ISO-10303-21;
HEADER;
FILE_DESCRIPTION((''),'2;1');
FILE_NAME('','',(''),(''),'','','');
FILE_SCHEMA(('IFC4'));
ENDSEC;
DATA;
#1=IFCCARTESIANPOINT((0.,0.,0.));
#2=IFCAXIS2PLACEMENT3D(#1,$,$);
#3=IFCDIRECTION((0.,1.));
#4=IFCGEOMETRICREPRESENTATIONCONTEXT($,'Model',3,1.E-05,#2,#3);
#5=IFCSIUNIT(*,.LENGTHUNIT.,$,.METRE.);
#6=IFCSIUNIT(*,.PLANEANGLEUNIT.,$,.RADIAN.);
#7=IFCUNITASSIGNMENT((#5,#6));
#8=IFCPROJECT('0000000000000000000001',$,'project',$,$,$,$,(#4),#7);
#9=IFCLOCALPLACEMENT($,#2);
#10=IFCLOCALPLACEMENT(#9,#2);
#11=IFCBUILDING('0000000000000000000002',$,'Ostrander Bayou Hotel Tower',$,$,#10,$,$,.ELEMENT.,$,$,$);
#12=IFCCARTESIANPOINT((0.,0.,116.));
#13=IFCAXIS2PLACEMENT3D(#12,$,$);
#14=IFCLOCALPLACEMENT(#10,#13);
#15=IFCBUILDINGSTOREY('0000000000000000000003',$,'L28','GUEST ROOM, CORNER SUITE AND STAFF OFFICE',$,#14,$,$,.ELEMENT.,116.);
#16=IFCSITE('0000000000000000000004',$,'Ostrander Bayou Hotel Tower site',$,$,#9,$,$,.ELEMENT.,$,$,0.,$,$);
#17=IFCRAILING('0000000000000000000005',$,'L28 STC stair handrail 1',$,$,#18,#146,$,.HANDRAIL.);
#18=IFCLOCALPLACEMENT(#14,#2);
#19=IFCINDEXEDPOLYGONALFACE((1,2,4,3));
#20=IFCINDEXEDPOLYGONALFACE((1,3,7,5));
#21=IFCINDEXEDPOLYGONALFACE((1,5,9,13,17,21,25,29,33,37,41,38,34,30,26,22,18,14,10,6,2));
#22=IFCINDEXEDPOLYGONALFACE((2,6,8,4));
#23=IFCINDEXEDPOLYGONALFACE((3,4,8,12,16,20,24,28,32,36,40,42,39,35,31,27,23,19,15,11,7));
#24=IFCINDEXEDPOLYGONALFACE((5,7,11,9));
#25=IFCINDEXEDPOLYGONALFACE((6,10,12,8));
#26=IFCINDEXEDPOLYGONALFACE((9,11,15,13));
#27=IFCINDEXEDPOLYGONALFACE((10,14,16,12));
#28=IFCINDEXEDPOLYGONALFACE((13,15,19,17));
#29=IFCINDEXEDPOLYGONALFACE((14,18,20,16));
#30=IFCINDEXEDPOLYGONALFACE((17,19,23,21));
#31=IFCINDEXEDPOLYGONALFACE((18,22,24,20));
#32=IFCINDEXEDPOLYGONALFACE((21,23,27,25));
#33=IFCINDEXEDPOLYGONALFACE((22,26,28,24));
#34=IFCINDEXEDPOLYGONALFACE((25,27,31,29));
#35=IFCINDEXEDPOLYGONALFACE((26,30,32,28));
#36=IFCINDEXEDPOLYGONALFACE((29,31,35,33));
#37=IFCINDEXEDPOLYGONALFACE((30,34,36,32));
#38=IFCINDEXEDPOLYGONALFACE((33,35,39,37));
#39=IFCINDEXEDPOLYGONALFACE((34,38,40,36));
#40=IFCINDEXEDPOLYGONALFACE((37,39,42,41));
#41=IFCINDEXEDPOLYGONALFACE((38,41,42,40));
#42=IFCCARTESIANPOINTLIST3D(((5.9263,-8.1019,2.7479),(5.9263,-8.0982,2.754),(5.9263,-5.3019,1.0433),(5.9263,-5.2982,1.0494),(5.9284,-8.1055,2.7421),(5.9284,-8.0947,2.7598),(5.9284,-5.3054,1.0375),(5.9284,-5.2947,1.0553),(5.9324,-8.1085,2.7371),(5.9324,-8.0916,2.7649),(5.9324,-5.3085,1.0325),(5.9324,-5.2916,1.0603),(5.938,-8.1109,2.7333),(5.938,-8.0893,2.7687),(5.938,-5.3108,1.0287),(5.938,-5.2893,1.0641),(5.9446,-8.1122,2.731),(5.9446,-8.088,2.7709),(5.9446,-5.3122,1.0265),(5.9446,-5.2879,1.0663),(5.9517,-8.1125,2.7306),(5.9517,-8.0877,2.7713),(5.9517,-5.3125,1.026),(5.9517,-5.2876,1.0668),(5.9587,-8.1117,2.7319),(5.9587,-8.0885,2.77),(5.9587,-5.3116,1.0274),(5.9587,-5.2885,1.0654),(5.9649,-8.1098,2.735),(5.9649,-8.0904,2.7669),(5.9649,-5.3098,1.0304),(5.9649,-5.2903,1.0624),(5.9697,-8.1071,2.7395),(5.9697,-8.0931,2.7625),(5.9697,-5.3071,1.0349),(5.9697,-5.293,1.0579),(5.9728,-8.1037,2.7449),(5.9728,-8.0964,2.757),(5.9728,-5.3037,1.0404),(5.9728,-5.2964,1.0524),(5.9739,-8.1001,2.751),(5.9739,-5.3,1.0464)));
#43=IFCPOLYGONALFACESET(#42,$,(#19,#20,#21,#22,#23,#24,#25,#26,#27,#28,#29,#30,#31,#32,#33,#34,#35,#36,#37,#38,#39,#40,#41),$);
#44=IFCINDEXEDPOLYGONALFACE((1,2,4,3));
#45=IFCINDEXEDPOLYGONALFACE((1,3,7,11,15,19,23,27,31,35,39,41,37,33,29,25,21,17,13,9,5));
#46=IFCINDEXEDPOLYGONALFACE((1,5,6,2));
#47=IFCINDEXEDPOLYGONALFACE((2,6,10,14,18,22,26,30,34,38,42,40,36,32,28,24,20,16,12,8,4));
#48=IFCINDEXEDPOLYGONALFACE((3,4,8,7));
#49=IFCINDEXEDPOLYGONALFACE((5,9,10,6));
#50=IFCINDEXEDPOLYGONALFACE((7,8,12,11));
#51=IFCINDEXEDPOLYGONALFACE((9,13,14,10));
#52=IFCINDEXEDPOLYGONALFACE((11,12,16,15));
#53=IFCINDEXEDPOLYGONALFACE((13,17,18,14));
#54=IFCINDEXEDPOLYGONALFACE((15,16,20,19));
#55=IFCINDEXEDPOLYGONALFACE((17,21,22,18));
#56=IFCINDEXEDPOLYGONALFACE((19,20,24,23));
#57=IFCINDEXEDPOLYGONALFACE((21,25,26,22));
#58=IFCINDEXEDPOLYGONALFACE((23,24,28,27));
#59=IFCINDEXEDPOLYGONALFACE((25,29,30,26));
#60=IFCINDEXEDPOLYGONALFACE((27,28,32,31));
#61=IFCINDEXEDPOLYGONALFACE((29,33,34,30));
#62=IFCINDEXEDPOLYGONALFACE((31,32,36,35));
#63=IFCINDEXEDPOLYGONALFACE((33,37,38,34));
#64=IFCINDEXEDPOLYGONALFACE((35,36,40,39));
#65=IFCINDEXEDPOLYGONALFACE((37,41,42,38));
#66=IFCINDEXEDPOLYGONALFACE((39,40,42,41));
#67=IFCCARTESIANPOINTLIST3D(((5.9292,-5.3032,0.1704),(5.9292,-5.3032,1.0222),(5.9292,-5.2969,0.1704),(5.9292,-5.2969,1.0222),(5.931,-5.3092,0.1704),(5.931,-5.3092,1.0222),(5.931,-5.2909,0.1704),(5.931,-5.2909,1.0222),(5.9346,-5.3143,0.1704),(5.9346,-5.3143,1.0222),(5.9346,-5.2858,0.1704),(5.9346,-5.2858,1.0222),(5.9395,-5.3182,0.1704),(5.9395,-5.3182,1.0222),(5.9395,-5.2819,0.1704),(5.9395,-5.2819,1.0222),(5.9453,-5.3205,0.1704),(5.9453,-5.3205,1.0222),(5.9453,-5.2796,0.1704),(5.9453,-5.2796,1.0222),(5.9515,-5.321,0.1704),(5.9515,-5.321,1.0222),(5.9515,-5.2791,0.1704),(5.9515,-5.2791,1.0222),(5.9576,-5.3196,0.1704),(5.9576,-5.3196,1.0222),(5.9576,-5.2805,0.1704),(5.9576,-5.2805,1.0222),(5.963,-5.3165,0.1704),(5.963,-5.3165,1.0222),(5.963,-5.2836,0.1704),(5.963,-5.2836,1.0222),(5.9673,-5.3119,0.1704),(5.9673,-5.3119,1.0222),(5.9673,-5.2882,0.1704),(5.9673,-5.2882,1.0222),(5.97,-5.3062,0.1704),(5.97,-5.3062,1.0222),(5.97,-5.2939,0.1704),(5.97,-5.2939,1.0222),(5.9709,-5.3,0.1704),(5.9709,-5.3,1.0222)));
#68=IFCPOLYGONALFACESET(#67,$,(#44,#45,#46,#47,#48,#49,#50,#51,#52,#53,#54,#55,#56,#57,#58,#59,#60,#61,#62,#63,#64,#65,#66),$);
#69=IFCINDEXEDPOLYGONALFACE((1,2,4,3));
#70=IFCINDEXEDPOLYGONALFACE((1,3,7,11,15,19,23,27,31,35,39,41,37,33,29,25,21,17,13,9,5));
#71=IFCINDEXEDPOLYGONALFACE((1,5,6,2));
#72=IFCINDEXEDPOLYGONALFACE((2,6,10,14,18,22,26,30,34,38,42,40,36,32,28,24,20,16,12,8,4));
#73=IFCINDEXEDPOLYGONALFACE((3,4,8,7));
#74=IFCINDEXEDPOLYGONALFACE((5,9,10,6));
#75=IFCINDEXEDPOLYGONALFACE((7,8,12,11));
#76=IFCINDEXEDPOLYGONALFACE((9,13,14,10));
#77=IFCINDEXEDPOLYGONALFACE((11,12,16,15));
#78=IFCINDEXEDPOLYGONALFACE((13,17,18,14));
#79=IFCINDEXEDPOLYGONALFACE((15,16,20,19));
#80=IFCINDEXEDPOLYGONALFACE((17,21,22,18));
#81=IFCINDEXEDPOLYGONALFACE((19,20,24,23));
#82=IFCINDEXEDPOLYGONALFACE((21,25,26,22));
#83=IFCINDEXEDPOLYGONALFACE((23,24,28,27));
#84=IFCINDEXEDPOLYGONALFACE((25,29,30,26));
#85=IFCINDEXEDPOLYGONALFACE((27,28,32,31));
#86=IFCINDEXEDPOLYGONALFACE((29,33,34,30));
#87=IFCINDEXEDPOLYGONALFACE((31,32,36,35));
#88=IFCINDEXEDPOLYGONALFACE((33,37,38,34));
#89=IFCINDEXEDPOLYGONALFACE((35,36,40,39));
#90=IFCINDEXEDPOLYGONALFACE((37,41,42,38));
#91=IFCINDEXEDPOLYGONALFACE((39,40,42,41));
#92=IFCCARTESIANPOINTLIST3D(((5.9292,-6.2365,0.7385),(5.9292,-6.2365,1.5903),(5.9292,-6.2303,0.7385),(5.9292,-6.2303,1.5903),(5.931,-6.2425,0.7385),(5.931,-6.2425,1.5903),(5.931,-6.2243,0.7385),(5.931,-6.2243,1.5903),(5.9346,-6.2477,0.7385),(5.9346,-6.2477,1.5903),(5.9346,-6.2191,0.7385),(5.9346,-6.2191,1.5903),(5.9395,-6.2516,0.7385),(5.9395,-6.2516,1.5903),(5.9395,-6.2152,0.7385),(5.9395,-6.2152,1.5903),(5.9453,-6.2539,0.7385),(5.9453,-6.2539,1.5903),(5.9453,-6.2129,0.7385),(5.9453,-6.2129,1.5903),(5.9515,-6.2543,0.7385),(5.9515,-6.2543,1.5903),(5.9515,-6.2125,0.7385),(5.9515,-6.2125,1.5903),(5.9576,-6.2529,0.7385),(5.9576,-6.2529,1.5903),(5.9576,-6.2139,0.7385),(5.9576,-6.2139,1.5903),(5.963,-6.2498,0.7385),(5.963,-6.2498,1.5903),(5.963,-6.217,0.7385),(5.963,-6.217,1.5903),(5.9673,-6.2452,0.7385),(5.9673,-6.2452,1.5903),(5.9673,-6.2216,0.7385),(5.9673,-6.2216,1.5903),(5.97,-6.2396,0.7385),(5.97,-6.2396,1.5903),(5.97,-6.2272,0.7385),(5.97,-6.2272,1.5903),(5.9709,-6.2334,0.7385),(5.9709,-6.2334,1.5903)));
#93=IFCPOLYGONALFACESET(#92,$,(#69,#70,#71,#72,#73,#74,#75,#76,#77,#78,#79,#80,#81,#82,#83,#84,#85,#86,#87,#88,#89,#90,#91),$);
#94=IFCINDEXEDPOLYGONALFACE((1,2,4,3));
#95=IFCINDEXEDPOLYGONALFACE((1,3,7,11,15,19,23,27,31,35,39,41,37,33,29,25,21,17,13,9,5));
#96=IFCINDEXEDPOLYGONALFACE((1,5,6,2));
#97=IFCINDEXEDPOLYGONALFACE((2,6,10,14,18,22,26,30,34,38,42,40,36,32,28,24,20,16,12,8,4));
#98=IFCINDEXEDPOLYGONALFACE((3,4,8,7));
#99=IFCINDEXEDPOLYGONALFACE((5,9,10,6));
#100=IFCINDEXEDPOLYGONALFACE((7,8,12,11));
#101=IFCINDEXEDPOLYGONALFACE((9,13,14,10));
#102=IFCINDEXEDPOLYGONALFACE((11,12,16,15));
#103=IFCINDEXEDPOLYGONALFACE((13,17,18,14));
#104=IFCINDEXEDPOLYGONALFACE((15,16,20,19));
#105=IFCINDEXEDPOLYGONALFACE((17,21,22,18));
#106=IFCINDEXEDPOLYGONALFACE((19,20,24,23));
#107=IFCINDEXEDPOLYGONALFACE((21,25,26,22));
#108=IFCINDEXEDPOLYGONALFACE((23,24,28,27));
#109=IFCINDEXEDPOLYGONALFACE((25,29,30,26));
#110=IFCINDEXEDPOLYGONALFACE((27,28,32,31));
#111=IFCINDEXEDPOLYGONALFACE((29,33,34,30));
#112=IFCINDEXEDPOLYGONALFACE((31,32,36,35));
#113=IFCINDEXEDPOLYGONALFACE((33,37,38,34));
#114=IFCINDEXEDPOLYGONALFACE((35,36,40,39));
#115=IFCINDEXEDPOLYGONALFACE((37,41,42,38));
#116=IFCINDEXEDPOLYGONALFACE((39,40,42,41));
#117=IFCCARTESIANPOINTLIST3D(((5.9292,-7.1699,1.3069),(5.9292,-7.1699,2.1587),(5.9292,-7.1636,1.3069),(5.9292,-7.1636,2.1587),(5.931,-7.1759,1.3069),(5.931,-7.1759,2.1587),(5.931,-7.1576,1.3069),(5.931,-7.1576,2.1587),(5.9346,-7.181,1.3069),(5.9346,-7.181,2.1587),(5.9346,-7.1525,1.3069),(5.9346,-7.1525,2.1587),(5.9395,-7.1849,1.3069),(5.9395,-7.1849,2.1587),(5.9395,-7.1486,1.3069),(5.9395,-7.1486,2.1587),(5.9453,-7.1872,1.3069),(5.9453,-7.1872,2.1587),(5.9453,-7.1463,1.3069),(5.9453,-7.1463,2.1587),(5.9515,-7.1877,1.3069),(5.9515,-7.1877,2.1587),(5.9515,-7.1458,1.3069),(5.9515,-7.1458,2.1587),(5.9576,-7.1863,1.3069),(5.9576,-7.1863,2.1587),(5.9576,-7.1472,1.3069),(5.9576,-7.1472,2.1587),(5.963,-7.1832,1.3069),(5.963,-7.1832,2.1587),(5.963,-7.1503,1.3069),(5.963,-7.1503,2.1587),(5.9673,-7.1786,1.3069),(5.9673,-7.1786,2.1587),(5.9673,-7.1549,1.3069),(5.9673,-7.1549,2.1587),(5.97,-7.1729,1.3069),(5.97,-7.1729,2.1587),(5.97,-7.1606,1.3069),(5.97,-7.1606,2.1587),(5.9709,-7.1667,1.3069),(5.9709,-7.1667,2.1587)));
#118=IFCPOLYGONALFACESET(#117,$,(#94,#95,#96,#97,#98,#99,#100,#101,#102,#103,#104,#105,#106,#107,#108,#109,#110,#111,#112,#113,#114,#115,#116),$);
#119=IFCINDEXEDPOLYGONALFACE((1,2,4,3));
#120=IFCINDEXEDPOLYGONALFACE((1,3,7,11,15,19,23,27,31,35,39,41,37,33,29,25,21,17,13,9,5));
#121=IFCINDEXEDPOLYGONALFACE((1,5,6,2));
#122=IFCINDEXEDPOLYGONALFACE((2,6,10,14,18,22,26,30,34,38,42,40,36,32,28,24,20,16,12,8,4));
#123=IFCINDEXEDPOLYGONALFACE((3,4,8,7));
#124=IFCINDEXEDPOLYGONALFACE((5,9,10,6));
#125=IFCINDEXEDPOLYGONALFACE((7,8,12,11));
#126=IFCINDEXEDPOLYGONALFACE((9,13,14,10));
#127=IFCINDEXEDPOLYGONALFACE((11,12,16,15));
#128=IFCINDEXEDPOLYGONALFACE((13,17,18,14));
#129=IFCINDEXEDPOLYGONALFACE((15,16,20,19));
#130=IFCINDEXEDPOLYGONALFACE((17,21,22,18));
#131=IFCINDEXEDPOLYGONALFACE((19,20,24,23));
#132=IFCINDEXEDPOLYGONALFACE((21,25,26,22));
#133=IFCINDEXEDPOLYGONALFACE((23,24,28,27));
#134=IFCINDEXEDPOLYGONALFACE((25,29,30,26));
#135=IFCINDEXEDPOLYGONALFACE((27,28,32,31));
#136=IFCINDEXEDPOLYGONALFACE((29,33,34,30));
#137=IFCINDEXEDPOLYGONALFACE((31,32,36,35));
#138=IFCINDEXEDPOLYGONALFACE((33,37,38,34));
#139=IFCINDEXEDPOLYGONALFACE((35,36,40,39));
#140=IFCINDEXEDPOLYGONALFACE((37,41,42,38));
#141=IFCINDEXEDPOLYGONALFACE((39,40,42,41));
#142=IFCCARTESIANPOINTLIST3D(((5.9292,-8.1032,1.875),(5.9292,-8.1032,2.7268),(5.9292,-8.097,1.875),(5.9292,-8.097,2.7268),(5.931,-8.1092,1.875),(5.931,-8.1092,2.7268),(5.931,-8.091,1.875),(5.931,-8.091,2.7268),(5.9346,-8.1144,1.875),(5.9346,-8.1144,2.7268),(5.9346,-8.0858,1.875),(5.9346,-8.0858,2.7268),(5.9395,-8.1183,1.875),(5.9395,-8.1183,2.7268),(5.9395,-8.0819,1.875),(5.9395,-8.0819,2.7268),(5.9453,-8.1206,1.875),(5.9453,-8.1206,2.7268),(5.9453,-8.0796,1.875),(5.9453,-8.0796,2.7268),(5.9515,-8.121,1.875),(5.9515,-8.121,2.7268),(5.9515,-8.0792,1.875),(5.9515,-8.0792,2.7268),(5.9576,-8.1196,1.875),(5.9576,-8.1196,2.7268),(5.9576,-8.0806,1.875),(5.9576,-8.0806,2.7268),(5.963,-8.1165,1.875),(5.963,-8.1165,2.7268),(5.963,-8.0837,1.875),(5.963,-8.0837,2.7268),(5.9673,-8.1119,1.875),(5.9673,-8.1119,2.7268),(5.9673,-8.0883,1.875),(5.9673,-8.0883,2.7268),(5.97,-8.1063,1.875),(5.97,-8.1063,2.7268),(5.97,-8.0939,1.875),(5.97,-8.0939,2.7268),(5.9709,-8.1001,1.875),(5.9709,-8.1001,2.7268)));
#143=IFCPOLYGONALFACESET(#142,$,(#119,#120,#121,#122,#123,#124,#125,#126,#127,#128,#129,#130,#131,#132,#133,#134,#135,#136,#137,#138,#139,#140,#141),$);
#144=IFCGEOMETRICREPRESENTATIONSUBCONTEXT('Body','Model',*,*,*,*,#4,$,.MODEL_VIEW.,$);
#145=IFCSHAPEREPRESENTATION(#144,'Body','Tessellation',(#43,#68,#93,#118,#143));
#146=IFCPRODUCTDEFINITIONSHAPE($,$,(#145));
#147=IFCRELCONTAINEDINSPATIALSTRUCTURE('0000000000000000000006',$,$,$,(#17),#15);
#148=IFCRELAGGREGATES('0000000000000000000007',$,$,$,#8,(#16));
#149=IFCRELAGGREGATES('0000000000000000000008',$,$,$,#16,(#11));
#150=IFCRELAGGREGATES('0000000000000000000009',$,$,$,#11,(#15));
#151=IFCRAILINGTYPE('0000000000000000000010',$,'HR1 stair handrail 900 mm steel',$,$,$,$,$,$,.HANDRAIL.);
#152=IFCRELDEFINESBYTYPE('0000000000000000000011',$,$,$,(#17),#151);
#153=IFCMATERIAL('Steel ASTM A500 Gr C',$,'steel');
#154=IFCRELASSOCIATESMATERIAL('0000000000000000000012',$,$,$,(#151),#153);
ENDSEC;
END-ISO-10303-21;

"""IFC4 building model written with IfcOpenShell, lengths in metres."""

from ifc_helpers import new_model, si_unit, direction, frame, origin, origin_2d, place, context, subcontext, project, spatial, circle, extrude, material, type_object, element, save


model = new_model("IFC4")

# Units and contexts
model_context = context("Model", 3, precision=1e-05, world=origin(), true_north=direction((0.0, 1.0)))
body_context = subcontext(model_context, "Body", "Model", "MODEL_VIEW")
ifc_project = project(units=[si_unit("LENGTHUNIT", "METRE"), si_unit("PLANEANGLEUNIT", "RADIAN")], contexts=[model_context])

# Site, building, storey
site_placement = place(None, origin())
site = spatial("IfcSite", under=ifc_project, at=site_placement, Name="Ostrander Bayou Hotel Tower site", CompositionType="ELEMENT", RefElevation=0.0)
building_placement = place(site_placement, origin())
building = spatial("IfcBuilding", under=site, at=building_placement, Name="Ostrander Bayou Hotel Tower", CompositionType="ELEMENT")
storey_placement = place(building_placement, frame((0.0, 0.0, 116.0)))
storey = spatial("IfcBuildingStorey", under=building, at=storey_placement, Name="L28", Description="GUEST ROOM, CORNER SUITE AND STAFF OFFICE", CompositionType="ELEMENT", Elevation=116.0)

# Railing
ifc_material_1 = material(Name="Steel ASTM A500 Gr C", Category="steel")
railing_type_1 = type_object("IfcRailingType", Name="HR1 stair handrail 900 mm steel", PredefinedType="HANDRAIL", material=ifc_material_1)
railing_1_placement = place(storey_placement, frame((5.95, -5.3, 0.1704)))
element("IfcRailing", 1, at=railing_1_placement, inside=storey, type_object=railing_type_1, Name="L28 STC stair handrail 1", PredefinedType="HANDRAIL", context=body_context, shape_type="SweptSolid", body=[
    extrude(circle(Radius=0.0239, at=origin_2d()), frame((0.0, 0.0, 0.876), z_axis=(0.0, -0.85417, 0.519994), x_axis=(1.0, 0.0, 0.0)), (0.0, 0.0, 1.0), 3.2781),
    extrude(circle(Radius=0.021, at=origin_2d()), origin(), (0.0, 0.0, 1.0), 0.8518),
    extrude(circle(Radius=0.021, at=origin_2d()), frame((0.0, -0.9333, 0.5681)), (0.0, 0.0, 1.0), 0.8518),
    extrude(circle(Radius=0.021, at=origin_2d()), frame((0.0, -1.8667, 1.1365)), (0.0, 0.0, 1.0), 0.8518),
    extrude(circle(Radius=0.021, at=origin_2d()), frame((0.0, -2.8, 1.7046)), (0.0, 0.0, 1.0), 0.8518),
])

save(model, "model.ifc")
